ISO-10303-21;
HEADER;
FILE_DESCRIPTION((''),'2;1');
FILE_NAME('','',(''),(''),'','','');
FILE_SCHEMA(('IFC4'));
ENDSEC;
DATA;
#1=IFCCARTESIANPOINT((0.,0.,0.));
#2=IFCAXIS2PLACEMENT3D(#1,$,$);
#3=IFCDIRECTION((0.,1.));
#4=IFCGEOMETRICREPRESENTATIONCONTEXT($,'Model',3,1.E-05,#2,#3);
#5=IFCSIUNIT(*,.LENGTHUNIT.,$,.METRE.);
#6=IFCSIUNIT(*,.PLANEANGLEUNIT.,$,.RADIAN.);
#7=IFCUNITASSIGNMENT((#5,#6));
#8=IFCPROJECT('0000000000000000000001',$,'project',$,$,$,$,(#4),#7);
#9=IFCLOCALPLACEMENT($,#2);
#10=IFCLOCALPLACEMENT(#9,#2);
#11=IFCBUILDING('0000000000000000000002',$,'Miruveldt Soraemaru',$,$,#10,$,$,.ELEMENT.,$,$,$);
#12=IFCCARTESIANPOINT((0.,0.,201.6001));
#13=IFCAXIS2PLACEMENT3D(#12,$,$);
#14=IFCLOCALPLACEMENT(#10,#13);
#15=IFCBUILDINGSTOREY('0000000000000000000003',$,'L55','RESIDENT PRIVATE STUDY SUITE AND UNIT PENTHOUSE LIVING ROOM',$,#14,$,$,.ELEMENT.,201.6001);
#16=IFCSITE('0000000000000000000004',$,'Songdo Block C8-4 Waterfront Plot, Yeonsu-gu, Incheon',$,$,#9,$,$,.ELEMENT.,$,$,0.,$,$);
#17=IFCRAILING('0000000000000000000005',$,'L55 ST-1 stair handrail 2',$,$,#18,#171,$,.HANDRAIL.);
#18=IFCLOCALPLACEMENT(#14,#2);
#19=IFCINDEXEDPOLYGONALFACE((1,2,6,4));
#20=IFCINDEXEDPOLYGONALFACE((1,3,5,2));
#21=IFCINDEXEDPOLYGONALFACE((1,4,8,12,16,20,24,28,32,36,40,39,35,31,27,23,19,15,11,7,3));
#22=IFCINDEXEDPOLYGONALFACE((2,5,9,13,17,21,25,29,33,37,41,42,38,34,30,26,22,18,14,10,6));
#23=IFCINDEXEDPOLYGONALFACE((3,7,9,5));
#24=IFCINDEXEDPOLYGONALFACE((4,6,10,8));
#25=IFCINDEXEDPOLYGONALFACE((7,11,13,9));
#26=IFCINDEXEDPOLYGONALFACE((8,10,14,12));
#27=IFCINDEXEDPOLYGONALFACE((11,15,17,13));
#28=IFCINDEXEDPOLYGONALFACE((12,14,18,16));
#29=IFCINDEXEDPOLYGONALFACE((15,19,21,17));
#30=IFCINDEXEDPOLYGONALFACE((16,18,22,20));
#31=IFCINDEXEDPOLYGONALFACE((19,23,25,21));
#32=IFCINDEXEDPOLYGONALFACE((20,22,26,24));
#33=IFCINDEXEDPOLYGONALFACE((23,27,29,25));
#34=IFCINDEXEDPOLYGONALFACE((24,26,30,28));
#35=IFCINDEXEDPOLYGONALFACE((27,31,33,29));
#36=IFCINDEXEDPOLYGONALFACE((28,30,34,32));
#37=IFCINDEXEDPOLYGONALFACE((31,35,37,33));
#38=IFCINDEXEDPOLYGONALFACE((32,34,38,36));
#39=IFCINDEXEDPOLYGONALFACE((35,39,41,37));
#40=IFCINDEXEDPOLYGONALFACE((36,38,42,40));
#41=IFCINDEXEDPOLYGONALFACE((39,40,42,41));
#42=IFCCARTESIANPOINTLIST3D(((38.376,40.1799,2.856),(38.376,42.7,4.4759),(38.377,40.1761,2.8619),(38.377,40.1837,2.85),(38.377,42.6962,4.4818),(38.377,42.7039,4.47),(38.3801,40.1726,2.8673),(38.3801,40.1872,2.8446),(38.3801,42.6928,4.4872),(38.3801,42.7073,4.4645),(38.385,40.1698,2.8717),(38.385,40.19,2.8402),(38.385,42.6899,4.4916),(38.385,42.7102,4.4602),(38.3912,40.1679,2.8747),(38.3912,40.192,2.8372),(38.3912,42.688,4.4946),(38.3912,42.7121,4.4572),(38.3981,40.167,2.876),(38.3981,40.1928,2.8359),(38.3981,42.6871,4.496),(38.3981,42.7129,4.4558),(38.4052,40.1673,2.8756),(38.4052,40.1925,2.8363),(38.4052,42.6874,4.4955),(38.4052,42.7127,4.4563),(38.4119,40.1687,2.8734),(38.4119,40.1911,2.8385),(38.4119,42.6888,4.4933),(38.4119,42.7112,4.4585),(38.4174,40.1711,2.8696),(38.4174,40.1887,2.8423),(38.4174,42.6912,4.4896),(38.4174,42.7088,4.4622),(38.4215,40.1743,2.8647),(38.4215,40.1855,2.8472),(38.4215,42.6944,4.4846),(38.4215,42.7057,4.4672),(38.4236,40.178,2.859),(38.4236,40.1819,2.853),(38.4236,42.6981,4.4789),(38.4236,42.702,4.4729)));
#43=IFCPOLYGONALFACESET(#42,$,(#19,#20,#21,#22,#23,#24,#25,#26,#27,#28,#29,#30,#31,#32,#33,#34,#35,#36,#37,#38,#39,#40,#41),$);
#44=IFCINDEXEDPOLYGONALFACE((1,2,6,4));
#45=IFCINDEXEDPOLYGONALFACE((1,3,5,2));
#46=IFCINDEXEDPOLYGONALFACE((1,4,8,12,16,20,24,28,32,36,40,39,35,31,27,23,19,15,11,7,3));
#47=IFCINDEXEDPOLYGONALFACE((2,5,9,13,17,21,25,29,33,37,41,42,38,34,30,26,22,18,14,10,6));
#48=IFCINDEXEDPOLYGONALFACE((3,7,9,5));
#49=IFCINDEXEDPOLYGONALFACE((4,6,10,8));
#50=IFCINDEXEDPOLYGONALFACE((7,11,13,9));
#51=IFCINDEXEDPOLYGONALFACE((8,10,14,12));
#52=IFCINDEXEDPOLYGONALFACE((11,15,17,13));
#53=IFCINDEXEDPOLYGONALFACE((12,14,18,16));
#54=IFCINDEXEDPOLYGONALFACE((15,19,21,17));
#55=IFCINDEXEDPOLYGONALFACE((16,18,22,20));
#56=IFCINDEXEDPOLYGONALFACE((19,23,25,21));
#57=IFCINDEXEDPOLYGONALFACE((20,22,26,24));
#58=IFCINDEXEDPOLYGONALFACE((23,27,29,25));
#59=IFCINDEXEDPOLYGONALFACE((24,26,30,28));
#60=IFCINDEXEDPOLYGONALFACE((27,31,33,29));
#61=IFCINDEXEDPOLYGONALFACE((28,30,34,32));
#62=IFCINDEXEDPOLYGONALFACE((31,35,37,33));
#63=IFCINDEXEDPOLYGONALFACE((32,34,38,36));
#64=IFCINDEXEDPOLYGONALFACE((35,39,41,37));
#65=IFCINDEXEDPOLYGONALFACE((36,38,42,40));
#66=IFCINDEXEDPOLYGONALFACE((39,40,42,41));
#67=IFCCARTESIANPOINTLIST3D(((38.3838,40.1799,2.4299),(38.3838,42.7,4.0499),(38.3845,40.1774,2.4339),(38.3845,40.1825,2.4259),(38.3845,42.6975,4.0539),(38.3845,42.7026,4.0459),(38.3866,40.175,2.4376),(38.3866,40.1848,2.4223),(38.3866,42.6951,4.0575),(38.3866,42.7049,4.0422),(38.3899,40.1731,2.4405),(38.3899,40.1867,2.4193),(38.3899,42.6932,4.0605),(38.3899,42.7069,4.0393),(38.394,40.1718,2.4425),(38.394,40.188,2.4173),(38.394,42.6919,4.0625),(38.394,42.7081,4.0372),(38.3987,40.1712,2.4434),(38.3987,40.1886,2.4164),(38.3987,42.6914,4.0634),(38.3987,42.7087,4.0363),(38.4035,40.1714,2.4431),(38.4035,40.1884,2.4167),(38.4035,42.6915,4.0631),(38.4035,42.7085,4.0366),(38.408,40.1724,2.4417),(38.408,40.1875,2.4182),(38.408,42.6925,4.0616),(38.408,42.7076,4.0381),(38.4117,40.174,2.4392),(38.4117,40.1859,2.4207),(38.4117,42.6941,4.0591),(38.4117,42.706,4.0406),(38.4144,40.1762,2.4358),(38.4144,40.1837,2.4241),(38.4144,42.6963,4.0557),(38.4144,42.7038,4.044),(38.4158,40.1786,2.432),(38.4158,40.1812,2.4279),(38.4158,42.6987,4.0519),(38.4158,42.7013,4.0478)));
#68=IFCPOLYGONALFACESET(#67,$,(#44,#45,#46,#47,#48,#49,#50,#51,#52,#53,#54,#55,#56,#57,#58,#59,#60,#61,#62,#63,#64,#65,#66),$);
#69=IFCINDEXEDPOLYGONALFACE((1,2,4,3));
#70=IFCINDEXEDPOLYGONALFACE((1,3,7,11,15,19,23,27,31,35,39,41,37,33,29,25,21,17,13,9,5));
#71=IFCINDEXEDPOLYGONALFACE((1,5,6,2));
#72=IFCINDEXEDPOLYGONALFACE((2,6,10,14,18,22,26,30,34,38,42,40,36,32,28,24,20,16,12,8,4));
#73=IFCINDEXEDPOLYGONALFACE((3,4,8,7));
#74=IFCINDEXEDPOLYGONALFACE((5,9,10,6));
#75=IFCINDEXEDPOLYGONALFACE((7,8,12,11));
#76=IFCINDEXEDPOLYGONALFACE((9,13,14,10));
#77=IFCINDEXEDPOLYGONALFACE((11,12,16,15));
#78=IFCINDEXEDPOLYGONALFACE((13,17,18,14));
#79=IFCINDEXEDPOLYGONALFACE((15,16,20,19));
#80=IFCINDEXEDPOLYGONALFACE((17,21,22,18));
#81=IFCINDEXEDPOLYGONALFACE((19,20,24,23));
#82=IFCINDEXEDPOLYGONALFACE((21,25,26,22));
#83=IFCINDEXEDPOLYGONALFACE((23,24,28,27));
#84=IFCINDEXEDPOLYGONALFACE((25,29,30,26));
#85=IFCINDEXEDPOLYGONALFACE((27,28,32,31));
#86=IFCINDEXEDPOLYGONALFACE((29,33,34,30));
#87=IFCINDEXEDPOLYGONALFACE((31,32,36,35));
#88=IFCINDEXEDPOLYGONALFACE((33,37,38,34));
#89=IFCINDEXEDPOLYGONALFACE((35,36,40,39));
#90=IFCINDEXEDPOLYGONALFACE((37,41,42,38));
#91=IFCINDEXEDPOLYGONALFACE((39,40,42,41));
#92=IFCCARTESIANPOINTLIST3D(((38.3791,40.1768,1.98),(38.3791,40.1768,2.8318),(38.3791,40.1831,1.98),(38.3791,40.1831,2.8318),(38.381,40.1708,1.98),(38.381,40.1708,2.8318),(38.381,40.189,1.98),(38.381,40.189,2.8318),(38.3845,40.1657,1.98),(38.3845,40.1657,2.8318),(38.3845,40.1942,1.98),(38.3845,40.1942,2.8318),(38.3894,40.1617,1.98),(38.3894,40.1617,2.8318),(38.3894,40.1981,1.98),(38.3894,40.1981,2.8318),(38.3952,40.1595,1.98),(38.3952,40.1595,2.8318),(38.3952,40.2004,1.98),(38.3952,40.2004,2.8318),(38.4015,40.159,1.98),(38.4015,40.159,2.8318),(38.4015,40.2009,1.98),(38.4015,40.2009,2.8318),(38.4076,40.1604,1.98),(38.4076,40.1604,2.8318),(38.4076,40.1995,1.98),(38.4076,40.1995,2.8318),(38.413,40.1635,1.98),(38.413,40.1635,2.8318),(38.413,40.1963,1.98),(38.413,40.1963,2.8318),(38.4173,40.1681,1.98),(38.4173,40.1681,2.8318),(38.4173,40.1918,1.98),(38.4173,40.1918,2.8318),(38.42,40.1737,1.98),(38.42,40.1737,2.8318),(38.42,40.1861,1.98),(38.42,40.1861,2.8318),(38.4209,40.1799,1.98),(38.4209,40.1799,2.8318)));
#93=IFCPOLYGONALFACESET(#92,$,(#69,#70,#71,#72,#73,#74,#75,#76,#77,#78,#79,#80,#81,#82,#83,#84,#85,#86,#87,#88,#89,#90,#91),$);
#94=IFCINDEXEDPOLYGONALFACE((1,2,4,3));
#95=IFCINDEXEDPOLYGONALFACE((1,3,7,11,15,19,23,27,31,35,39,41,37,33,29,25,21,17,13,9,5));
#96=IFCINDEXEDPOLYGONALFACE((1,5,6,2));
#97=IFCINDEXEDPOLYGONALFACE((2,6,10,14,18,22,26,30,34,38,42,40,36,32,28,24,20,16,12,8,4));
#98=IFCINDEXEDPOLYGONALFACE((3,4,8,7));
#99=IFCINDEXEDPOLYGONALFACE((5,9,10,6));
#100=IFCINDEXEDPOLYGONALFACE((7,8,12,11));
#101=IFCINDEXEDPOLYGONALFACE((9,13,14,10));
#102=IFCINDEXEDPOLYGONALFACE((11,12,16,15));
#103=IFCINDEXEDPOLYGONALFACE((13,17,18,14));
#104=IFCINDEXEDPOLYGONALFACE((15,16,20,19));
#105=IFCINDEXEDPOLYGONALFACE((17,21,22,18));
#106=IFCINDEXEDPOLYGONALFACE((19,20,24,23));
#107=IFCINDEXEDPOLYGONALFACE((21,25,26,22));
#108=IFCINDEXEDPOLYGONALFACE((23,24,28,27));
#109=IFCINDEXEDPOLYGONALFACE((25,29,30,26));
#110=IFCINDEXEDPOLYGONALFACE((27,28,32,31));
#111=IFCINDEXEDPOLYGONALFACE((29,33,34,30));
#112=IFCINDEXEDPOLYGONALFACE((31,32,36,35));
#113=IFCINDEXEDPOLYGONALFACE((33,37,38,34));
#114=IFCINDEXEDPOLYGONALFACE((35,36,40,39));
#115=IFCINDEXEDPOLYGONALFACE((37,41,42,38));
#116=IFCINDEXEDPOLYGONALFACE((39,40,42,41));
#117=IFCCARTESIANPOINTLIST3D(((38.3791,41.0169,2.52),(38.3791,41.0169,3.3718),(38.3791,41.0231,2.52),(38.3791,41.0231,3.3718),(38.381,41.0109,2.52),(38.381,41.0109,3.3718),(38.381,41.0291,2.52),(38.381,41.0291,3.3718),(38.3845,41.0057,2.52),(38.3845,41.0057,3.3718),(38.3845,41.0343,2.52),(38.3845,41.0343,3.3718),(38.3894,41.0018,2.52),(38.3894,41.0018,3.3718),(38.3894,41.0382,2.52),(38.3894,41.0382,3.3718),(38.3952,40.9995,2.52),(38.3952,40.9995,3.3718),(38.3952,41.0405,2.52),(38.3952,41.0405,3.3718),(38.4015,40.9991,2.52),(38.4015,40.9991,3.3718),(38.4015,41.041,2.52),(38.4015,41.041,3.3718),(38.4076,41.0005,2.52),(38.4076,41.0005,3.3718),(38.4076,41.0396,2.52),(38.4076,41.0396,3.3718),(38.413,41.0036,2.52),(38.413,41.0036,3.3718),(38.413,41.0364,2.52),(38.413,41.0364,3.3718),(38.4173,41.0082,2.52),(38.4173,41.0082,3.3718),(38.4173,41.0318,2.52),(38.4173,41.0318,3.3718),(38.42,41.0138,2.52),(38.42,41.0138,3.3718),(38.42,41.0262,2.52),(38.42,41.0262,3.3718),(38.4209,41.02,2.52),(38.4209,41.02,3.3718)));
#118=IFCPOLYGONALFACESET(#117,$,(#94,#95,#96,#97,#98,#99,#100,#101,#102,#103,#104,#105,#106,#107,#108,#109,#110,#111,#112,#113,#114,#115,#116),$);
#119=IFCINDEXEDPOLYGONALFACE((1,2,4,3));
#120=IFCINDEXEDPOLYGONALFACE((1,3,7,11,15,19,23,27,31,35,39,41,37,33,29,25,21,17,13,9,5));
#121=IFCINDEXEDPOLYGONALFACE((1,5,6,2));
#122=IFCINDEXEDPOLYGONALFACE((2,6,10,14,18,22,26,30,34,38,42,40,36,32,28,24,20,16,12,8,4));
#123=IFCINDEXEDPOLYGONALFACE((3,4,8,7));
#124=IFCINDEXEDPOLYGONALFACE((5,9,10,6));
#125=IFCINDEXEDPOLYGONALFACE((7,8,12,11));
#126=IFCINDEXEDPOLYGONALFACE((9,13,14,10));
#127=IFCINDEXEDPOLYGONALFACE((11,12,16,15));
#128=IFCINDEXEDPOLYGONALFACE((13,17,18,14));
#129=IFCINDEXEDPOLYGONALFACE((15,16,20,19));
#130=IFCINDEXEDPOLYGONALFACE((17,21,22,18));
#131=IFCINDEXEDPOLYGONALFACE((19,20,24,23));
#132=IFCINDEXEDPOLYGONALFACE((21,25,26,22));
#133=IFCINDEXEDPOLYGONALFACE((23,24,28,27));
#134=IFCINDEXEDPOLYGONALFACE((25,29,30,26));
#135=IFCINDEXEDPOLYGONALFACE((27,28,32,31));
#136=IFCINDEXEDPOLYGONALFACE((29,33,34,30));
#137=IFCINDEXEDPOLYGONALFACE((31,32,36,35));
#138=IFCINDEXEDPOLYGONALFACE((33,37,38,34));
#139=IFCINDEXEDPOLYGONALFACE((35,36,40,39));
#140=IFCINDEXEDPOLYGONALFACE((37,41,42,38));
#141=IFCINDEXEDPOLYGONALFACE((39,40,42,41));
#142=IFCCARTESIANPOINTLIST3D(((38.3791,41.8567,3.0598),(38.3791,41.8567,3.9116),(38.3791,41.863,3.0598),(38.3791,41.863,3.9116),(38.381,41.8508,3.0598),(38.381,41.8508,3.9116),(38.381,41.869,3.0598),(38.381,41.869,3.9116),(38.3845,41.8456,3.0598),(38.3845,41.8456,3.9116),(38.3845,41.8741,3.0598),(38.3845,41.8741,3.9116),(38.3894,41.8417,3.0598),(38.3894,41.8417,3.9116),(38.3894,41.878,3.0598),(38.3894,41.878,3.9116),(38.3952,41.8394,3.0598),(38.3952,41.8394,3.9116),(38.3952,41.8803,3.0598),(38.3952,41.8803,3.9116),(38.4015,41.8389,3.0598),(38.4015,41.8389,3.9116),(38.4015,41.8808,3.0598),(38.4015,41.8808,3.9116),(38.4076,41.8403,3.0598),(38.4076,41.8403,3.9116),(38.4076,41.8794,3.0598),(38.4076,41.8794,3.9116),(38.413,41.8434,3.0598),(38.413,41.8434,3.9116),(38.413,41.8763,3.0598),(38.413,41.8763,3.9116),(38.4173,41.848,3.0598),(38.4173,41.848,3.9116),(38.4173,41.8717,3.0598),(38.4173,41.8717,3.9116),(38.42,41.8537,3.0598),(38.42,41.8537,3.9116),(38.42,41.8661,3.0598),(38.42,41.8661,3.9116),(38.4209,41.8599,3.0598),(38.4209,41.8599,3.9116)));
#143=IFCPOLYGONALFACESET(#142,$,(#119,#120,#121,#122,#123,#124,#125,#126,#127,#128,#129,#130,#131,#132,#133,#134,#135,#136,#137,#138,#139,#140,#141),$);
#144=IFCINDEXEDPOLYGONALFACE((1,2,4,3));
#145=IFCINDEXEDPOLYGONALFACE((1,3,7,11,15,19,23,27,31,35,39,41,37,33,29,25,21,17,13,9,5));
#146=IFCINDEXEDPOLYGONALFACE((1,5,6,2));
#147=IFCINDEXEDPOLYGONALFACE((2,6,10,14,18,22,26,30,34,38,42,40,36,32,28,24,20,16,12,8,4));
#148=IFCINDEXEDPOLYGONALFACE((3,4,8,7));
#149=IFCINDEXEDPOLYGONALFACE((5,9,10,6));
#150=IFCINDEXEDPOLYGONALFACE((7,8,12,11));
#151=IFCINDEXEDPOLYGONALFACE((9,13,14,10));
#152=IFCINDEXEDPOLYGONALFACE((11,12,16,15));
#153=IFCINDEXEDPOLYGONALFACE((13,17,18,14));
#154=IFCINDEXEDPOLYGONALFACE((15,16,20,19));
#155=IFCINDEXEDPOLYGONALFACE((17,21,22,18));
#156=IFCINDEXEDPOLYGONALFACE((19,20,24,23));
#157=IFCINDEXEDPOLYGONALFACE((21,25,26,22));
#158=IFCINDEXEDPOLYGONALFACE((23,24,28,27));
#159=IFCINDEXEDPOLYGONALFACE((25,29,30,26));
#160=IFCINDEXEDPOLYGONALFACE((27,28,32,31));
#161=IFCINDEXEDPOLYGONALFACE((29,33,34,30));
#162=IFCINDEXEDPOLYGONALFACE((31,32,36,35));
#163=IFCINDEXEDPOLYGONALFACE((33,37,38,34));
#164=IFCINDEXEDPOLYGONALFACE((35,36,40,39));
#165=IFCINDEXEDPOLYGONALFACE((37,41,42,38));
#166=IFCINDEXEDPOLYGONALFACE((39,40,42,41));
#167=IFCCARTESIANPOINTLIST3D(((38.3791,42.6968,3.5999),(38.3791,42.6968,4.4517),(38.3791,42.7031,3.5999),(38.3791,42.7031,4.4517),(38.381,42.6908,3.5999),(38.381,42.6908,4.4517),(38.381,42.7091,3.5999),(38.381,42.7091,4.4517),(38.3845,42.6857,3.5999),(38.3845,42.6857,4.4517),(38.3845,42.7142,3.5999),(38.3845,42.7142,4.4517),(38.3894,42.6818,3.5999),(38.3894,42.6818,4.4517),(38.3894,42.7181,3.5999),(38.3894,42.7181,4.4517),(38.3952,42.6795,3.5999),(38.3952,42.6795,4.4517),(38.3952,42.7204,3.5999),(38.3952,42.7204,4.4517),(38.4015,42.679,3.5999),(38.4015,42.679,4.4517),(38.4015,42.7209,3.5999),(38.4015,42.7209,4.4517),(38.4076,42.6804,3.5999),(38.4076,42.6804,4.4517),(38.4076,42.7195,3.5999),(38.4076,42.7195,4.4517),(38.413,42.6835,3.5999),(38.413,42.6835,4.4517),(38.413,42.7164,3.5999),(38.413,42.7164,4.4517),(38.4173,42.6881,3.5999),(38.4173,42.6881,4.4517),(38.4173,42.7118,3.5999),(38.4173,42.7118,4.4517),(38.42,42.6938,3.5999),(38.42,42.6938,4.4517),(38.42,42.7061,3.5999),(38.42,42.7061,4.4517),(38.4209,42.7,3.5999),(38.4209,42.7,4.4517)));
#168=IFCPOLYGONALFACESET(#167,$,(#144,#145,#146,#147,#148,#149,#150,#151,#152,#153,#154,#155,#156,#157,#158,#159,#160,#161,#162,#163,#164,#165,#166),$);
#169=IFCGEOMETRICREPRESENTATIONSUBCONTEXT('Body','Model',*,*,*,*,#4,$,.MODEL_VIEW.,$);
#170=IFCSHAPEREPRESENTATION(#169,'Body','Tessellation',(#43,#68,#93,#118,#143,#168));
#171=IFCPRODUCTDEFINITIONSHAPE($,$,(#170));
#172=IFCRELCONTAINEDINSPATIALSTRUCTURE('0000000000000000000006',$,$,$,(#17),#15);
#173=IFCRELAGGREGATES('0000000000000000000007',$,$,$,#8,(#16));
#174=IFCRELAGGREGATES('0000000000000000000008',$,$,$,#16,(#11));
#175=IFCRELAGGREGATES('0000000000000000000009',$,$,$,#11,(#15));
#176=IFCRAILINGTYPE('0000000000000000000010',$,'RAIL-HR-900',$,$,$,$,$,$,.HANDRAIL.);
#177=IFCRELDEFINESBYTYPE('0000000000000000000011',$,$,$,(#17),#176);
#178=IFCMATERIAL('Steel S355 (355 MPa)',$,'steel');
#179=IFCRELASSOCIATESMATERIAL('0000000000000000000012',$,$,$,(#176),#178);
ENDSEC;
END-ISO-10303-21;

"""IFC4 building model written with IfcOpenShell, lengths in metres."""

from ifc_helpers import new_model, si_unit, direction, frame, origin, origin_2d, place, context, subcontext, project, spatial, circle, extrude, material, type_object, element, save


model = new_model("IFC4")

# Units and contexts
model_context = context("Model", 3, precision=1e-05, world=origin(), true_north=direction((0.0, 1.0)))
body_context = subcontext(model_context, "Body", "Model", "MODEL_VIEW")
ifc_project = project(units=[si_unit("LENGTHUNIT", "METRE"), si_unit("PLANEANGLEUNIT", "RADIAN")], contexts=[model_context])

# Site, building, storey
site_placement = place(None, origin())
site = spatial("IfcSite", under=ifc_project, at=site_placement, Name="Songdo Block C8-4 Waterfront Plot, Yeonsu-gu, Incheon", CompositionType="ELEMENT", RefElevation=0.0)
building_placement = place(site_placement, origin())
building = spatial("IfcBuilding", under=site, at=building_placement, Name="Miruveldt Soraemaru", CompositionType="ELEMENT")
storey_placement = place(building_placement, frame((0.0, 0.0, 201.6001)))
storey = spatial("IfcBuildingStorey", under=building, at=storey_placement, Name="L55", Description="RESIDENT PRIVATE STUDY SUITE AND UNIT PENTHOUSE LIVING ROOM", CompositionType="ELEMENT", Elevation=201.6001)

# Railing
ifc_material_1 = material(Name="Steel S355 (355 MPa)", Category="steel")
railing_type_1 = type_object("IfcRailingType", Name="RAIL-HR-900", PredefinedType="HANDRAIL", material=ifc_material_1)
railing_1_placement = place(storey_placement, frame((38.3999, 40.1799, 1.98)))
element("IfcRailing", 1, at=railing_1_placement, inside=storey, type_object=railing_type_1, Name="L55 ST-1 stair handrail 2", PredefinedType="HANDRAIL", context=body_context, shape_type="SweptSolid", body=[
    extrude(circle(Radius=0.0239, at=origin_2d()), frame((0.0, 0.0, 0.876), z_axis=(0.0, 0.8412, 0.540725), x_axis=(-1.0, 0.0, 0.0)), (0.0, 0.0, 1.0), 2.9958),
    extrude(circle(Radius=0.0161, at=origin_2d()), frame((0.0, 0.0, 0.45), z_axis=(0.0, 0.8412, 0.540725), x_axis=(-1.0, 0.0, 0.0)), (0.0, 0.0, 1.0), 2.9958),
    extrude(circle(Radius=0.021, at=origin_2d()), origin(), (0.0, 0.0, 1.0), 0.8518),
    extrude(circle(Radius=0.021, at=origin_2d()), frame((0.0, 0.8401, 0.54)), (0.0, 0.0, 1.0), 0.8518),
    extrude(circle(Radius=0.021, at=origin_2d()), frame((0.0, 1.6799, 1.0798)), (0.0, 0.0, 1.0), 0.8518),
    extrude(circle(Radius=0.021, at=origin_2d()), frame((0.0, 2.52, 1.6199)), (0.0, 0.0, 1.0), 0.8518),
])

save(model, "model.ifc")
